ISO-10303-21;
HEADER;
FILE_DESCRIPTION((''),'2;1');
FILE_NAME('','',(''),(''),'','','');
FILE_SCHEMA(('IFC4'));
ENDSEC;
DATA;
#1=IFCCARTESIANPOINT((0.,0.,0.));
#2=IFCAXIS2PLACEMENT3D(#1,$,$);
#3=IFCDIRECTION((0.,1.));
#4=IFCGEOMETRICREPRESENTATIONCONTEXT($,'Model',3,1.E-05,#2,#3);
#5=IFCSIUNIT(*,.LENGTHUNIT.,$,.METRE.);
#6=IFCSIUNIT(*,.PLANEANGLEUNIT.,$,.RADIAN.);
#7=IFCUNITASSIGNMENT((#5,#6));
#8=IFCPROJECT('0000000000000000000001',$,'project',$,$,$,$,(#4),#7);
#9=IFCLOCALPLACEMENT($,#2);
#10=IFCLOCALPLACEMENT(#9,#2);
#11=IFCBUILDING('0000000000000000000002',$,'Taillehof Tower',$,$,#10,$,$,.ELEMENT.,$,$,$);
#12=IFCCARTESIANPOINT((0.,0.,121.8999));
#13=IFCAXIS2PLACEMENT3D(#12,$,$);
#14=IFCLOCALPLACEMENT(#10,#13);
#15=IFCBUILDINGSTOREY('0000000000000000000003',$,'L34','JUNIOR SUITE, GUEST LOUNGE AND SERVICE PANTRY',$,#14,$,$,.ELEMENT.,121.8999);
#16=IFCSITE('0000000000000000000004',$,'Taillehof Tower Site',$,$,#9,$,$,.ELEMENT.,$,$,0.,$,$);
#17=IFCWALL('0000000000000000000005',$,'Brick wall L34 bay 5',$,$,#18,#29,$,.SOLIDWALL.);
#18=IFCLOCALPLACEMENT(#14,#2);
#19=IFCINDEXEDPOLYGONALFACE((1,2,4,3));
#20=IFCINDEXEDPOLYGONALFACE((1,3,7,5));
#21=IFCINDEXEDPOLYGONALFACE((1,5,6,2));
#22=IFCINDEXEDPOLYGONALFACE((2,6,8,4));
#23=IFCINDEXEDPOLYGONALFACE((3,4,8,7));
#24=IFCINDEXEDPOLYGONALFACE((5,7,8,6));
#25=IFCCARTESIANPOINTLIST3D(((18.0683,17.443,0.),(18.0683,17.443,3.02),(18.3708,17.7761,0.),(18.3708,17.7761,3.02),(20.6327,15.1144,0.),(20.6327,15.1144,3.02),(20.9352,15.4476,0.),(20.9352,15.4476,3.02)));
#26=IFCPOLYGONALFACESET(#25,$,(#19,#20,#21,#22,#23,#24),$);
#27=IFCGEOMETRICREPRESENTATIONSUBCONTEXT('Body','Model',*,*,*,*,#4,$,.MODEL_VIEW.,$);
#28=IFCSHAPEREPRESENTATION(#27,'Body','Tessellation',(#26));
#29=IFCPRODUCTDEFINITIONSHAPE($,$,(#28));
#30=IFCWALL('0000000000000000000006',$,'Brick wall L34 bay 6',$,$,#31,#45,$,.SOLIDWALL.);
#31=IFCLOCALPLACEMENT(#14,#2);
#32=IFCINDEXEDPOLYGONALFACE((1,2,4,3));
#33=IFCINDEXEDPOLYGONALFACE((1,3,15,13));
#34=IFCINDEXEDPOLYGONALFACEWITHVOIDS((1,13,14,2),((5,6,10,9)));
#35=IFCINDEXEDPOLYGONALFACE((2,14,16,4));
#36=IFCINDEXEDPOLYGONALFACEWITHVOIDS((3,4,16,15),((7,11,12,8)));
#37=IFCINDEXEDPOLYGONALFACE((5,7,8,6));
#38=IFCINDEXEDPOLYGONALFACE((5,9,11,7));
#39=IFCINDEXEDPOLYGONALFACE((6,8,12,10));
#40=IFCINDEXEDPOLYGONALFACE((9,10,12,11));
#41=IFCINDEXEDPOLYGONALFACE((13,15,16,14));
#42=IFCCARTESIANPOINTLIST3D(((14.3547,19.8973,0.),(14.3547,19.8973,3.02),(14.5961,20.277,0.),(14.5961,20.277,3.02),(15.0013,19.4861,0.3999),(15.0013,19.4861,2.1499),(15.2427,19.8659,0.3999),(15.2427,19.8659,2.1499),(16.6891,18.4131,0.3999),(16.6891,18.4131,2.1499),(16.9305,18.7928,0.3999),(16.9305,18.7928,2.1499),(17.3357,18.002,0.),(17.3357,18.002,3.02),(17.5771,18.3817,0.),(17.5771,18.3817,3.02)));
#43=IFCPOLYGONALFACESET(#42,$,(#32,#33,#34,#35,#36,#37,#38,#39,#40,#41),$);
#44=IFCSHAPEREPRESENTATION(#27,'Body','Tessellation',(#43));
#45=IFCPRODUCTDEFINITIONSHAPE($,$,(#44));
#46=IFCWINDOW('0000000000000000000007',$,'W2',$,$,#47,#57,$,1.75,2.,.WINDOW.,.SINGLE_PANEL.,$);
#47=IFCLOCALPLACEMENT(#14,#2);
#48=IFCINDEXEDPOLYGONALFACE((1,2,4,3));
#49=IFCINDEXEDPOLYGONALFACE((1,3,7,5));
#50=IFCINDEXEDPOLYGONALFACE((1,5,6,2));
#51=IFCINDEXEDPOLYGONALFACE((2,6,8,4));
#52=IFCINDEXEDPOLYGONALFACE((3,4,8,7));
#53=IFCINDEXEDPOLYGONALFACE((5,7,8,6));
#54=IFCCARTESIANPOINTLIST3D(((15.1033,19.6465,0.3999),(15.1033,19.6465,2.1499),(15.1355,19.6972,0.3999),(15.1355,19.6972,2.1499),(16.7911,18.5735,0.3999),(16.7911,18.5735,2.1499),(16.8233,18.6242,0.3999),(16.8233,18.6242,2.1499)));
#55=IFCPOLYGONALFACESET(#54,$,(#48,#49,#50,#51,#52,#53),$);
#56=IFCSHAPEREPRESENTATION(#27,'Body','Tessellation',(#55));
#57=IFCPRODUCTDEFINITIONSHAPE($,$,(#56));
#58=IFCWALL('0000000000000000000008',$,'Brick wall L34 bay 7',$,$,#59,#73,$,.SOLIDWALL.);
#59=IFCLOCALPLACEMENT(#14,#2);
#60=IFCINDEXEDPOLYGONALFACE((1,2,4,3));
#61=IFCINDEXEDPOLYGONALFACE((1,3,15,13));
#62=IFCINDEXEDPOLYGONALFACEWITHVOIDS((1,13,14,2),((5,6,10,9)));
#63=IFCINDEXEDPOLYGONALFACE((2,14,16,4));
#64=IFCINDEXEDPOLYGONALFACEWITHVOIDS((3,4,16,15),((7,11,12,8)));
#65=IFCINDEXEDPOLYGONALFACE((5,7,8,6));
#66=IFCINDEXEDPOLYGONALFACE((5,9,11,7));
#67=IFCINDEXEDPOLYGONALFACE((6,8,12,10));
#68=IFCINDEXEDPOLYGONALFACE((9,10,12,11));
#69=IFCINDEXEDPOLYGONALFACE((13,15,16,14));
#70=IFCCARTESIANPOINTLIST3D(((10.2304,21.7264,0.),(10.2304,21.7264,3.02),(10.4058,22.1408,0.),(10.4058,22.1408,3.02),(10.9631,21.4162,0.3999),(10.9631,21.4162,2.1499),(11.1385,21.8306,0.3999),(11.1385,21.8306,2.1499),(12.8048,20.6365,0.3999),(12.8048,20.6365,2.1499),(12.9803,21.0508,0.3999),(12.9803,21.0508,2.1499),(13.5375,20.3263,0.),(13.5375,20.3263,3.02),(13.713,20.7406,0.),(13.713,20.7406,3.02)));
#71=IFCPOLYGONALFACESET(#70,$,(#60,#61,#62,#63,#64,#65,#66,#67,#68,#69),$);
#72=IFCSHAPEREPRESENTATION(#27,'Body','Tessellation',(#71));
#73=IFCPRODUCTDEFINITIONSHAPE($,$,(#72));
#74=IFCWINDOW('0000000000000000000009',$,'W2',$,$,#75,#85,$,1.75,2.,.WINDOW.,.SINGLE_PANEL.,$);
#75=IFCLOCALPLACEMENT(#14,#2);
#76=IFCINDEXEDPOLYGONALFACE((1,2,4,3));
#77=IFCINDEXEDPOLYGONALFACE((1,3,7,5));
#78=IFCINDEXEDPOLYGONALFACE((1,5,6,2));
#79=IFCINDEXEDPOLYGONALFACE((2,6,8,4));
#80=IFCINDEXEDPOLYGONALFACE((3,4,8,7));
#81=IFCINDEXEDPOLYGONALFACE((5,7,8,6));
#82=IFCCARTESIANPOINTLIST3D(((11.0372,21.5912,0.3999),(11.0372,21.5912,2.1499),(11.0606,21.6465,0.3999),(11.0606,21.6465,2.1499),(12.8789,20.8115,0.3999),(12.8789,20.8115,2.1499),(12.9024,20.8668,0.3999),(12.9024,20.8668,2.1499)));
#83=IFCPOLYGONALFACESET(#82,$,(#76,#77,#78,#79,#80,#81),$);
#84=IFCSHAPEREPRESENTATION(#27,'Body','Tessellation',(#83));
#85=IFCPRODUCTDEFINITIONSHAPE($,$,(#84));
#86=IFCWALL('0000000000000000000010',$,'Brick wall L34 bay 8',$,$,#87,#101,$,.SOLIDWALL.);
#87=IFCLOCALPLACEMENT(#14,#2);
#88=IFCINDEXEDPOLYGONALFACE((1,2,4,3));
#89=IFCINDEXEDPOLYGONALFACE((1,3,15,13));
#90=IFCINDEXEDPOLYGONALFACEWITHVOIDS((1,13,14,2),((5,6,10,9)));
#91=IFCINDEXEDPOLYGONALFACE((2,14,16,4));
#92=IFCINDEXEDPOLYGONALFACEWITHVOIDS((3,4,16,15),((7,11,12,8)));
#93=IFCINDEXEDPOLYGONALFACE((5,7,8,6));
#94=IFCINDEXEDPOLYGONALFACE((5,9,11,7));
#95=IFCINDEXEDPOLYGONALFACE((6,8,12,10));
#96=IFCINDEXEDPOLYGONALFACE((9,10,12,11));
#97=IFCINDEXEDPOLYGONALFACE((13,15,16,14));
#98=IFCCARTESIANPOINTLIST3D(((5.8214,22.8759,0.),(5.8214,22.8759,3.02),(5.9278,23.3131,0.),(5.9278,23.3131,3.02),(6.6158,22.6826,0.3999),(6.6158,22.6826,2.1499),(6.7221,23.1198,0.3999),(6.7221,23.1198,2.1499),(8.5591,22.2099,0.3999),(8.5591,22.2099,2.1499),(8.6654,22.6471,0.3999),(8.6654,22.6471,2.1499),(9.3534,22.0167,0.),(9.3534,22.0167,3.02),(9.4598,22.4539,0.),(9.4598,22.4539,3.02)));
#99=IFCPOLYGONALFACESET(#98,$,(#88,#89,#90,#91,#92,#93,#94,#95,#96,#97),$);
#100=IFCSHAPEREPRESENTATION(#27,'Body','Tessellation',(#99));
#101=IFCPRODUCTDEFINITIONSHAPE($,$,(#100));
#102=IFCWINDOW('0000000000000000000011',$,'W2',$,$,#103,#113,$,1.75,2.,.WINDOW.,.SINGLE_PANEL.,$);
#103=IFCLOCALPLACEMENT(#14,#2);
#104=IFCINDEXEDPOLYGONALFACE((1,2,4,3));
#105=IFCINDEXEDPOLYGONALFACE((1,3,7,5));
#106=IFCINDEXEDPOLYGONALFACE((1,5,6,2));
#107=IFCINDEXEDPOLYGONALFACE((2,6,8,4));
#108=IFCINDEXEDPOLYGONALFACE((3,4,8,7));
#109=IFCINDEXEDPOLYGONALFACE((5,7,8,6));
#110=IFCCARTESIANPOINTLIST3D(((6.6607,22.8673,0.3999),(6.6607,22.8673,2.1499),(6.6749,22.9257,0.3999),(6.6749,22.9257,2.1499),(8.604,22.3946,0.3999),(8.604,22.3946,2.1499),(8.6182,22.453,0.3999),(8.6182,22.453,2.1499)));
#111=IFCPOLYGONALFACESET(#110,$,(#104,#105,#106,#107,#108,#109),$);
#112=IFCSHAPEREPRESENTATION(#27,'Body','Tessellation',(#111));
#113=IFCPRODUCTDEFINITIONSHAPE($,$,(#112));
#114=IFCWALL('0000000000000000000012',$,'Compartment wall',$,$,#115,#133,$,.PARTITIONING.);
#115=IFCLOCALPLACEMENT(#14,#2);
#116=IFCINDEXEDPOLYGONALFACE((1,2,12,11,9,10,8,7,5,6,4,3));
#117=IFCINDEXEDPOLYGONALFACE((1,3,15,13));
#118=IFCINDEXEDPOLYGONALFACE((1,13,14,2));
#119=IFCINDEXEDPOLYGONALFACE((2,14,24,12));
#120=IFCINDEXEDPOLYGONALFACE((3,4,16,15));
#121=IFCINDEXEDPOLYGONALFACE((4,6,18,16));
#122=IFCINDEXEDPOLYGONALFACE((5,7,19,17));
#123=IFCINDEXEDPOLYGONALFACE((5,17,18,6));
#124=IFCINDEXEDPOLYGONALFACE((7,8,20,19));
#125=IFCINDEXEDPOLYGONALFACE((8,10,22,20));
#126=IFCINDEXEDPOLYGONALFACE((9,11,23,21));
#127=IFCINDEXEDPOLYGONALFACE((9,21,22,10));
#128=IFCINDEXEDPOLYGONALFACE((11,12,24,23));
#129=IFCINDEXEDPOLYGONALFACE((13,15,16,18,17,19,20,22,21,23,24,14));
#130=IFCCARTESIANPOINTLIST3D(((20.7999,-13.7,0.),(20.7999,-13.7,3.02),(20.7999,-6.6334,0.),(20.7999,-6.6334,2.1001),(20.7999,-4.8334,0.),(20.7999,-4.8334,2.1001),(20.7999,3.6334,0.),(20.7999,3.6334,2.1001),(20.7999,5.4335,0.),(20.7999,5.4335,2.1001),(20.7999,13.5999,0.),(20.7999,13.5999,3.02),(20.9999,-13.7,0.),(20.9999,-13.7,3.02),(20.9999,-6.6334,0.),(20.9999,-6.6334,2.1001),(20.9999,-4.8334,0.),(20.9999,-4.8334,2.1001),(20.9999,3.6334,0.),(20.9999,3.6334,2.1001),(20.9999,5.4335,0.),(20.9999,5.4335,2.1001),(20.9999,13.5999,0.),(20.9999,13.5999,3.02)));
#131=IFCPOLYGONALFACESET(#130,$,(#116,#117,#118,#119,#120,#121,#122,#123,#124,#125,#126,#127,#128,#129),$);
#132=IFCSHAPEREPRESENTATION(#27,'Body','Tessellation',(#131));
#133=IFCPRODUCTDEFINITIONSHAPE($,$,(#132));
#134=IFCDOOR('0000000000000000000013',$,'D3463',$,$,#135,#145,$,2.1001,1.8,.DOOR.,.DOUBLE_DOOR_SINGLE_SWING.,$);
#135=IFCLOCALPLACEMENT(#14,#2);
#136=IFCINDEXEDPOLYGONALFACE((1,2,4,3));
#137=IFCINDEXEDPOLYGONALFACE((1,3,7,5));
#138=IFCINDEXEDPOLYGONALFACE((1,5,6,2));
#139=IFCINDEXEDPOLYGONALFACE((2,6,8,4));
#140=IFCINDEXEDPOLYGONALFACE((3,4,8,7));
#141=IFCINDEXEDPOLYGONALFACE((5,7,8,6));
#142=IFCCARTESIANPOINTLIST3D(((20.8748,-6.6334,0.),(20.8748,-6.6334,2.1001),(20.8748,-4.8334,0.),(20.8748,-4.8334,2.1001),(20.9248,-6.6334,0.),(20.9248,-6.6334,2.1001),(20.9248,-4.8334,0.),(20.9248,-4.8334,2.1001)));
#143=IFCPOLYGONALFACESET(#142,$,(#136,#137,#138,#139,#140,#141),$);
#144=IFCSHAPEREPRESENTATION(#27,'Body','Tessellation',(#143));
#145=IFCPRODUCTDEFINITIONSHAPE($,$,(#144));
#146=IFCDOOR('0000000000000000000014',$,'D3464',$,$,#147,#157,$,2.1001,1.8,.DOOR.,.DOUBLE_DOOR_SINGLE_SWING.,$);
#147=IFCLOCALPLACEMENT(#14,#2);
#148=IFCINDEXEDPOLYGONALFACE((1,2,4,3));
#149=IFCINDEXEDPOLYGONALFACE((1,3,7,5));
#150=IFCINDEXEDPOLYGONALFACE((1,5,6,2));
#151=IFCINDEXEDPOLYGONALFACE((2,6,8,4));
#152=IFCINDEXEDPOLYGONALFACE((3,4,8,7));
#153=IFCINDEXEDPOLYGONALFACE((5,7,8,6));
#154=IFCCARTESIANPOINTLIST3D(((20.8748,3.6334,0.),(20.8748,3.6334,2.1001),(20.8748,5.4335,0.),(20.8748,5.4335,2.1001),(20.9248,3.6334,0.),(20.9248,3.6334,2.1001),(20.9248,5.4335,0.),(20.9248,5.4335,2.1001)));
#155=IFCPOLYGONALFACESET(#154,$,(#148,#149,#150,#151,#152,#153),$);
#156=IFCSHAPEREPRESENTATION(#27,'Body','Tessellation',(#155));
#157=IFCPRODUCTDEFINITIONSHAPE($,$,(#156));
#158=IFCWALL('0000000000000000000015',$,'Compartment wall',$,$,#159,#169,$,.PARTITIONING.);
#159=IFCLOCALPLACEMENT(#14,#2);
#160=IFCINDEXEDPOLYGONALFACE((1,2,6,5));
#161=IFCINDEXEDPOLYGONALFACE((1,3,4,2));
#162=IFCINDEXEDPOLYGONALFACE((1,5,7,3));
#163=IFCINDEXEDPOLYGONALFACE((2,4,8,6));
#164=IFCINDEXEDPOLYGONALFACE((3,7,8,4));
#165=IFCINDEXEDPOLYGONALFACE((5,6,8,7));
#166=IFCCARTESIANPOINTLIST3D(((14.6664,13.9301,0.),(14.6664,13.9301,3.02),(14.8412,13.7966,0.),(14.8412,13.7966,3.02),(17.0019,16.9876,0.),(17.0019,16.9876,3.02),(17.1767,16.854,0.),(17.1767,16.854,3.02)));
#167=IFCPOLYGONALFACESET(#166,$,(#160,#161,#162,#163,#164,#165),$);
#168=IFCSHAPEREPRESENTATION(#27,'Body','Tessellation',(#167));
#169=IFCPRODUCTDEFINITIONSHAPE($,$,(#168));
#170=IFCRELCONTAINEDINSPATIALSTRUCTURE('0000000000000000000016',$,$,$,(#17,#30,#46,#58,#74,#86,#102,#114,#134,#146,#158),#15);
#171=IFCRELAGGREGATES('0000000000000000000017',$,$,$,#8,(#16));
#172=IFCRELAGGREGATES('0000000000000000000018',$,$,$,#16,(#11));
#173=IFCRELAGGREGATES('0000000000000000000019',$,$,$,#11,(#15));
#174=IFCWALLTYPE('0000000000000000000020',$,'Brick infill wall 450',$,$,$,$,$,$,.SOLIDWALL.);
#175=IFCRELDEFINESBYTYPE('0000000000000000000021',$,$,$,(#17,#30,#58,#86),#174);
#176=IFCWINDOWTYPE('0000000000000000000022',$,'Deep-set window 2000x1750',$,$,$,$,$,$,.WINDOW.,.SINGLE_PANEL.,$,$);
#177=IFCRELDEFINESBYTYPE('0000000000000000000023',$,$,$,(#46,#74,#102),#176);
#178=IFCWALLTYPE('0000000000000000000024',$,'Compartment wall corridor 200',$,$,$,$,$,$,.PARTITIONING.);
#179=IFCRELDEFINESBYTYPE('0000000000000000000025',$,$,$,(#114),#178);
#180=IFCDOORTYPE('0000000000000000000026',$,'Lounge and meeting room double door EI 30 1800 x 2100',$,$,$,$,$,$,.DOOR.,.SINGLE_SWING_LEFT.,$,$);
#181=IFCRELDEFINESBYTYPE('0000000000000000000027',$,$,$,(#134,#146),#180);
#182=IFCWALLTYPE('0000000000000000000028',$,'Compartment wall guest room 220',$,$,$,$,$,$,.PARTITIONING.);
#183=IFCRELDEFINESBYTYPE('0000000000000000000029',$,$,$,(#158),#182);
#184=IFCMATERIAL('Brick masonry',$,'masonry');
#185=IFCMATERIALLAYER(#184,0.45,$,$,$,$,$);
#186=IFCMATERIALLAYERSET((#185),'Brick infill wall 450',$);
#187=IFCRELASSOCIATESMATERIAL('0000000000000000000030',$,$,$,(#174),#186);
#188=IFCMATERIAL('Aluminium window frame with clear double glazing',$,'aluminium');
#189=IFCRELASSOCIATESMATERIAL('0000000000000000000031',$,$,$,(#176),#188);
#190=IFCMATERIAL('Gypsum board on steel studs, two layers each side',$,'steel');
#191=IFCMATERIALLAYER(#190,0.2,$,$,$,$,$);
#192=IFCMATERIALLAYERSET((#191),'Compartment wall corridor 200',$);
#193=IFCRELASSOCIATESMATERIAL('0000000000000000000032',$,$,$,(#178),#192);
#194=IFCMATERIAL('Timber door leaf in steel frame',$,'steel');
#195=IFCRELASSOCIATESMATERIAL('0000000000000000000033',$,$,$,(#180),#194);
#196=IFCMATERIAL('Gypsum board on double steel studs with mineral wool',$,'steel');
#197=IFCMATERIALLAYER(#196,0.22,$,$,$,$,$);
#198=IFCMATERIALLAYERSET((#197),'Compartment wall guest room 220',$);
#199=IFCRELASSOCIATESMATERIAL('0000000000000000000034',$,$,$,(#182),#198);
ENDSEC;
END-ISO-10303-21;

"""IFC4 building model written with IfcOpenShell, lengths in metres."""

from ifc_helpers import new_model, si_unit, direction, frame, frame_2d, origin, place, context, subcontext, project, spatial, rectangle, extrude, material, layer, layer_set, type_object, element, fill, save


model = new_model("IFC4")

# Units and contexts
model_context = context("Model", 3, precision=1e-05, world=origin(), true_north=direction((0.0, 1.0)))
body_context = subcontext(model_context, "Body", "Model", "MODEL_VIEW")
ifc_project = project(units=[si_unit("LENGTHUNIT", "METRE"), si_unit("PLANEANGLEUNIT", "RADIAN")], contexts=[model_context])

# Site, building, storey
site_placement = place(None, origin())
site = spatial("IfcSite", under=ifc_project, at=site_placement, Name="Taillehof Tower Site", CompositionType="ELEMENT", RefElevation=0.0)
building_placement = place(site_placement, origin())
building = spatial("IfcBuilding", under=site, at=building_placement, Name="Taillehof Tower", CompositionType="ELEMENT")
storey_placement = place(building_placement, frame((0.0, 0.0, 121.8999)))
storey = spatial("IfcBuildingStorey", under=building, at=storey_placement, Name="L34", Description="JUNIOR SUITE, GUEST LOUNGE AND SERVICE PANTRY", CompositionType="ELEMENT", Elevation=121.8999)

# Shared definitions
ifc_material_1 = material(Name="Brick masonry", Category="masonry")
ifc_layer_1 = layer(ifc_material_1, 0.45)
ifc_layer_set_1 = layer_set([ifc_layer_1], Name="Brick infill wall 450")
wall_type_1 = type_object("IfcWallType", Name="Brick infill wall 450", PredefinedType="SOLIDWALL", material=ifc_layer_set_1)

# Wall
wall_1_placement = place(storey_placement, frame((20.7839, 15.281, 0.0), z_axis=(0.0, 0.0, 1.0), x_axis=(-0.740329, 0.672245, 0.0)))
element("IfcWall", 1, at=wall_1_placement, inside=storey, type_object=wall_type_1, Name="Brick wall L34 bay 5", PredefinedType="SOLIDWALL", context=body_context, shape_type="SweptSolid", body=[
    extrude(rectangle(XDim=3.4639, YDim=0.45, at=frame_2d((1.7319, 0.0))), origin(), (0.0, 0.0, 1.0), 3.02),
])

# Walls, openings, windows
wall_2_placement = place(storey_placement, frame((17.4563, 18.1919, 0.0), z_axis=(0.0, 0.0, 1.0), x_axis=(-0.843881, 0.536531, 0.0)))
wall_2 = element("IfcWall", 2, at=wall_2_placement, inside=storey, type_object=wall_type_1, Name="Brick wall L34 bay 6", PredefinedType="SOLIDWALL", context=body_context, shape_type="SweptSolid", body=[
    extrude(rectangle(XDim=3.5325, YDim=0.45, at=frame_2d((1.7661, 0.0))), origin(), (0.0, 0.0, 1.0), 3.02),
])
opening_1_placement = place(wall_2_placement, frame((0.7661, 0.0, 0.3999)))
opening_1 = element("IfcOpeningElement", 3, at=opening_1_placement, cuts=wall_2, PredefinedType="OPENING", context=body_context, shape_type="SweptSolid", body=[
    extrude(rectangle(XDim=2.0, YDim=1.75, at=frame_2d((1.0, 0.875))), frame((0.0, 0.2349, 0.0), z_axis=(0.0, -1.0, 0.0), x_axis=(1.0, 0.0, 0.0)), (0.0, 0.0, 1.0), 0.47),
])
ifc_material_2 = material(Name="Aluminium window frame with clear double glazing", Category="aluminium")
window_type_1 = type_object("IfcWindowType", Name="Deep-set window 2000x1750", PartitioningType="SINGLE_PANEL", PredefinedType="WINDOW", material=ifc_material_2)
window_1_placement = place(opening_1_placement, origin())
window_1 = element("IfcWindow", 4, at=window_1_placement, inside=storey, type_object=window_type_1, Name="W2", OverallHeight=1.75, OverallWidth=2.0, PartitioningType="SINGLE_PANEL", PredefinedType="WINDOW", context=body_context, shape_type="SweptSolid", body=[
    extrude(rectangle(XDim=2.0, YDim=1.75, at=frame_2d((1.0, 0.875))), frame((0.0, 0.0349, 0.0), z_axis=(0.0, -1.0, 0.0), x_axis=(1.0, 0.0, 0.0)), (0.0, 0.0, 1.0), 0.0601),
])
fill(opening_1, window_1)
wall_3_placement = place(storey_placement, frame((13.6252, 20.5334, 0.0), z_axis=(0.0, 0.0, 1.0), x_axis=(-0.92087, 0.389871, 0.0)))
wall_3 = element("IfcWall", 5, at=wall_3_placement, inside=storey, type_object=wall_type_1, Name="Brick wall L34 bay 7", PredefinedType="SOLIDWALL", context=body_context, shape_type="SweptSolid", body=[
    extrude(rectangle(XDim=3.5913, YDim=0.45, at=frame_2d((1.7957, 0.0))), origin(), (0.0, 0.0, 1.0), 3.02),
])
opening_2_placement = place(wall_3_placement, frame((0.7957, 0.0, 0.3999)))
opening_2 = element("IfcOpeningElement", 6, at=opening_2_placement, cuts=wall_3, PredefinedType="OPENING", context=body_context, shape_type="SweptSolid", body=[
    extrude(rectangle(XDim=2.0, YDim=1.75, at=frame_2d((1.0, 0.875))), frame((0.0, 0.2349, 0.0), z_axis=(0.0, -1.0, 0.0), x_axis=(1.0, 0.0, 0.0)), (0.0, 0.0, 1.0), 0.47),
])
window_2_placement = place(opening_2_placement, origin())
window_2 = element("IfcWindow", 7, at=window_2_placement, inside=storey, type_object=window_type_1, Name="W2", OverallHeight=1.75, OverallWidth=2.0, PartitioningType="SINGLE_PANEL", PredefinedType="WINDOW", context=body_context, shape_type="SweptSolid", body=[
    extrude(rectangle(XDim=2.0, YDim=1.75, at=frame_2d((1.0, 0.875))), frame((0.0, 0.0349, 0.0), z_axis=(0.0, -1.0, 0.0), x_axis=(1.0, 0.0, 0.0)), (0.0, 0.0, 1.0), 0.0601),
])
fill(opening_2, window_2)
wall_4_placement = place(storey_placement, frame((9.4065, 22.2354, 0.0), z_axis=(0.0, 0.0, 1.0), x_axis=(-0.971668, 0.236352, 0.0)))
wall_4 = element("IfcWall", 8, at=wall_4_placement, inside=storey, type_object=wall_type_1, Name="Brick wall L34 bay 8", PredefinedType="SOLIDWALL", context=body_context, shape_type="SweptSolid", body=[
    extrude(rectangle(XDim=3.635, YDim=0.45, at=frame_2d((1.8174, 0.0))), origin(), (0.0, 0.0, 1.0), 3.02),
])
opening_3_placement = place(wall_4_placement, frame((0.8174, 0.0, 0.3999)))
opening_3 = element("IfcOpeningElement", 9, at=opening_3_placement, cuts=wall_4, PredefinedType="OPENING", context=body_context, shape_type="SweptSolid", body=[
    extrude(rectangle(XDim=2.0, YDim=1.75, at=frame_2d((1.0, 0.875))), frame((0.0, 0.2349, 0.0), z_axis=(0.0, -1.0, 0.0), x_axis=(1.0, 0.0, 0.0)), (0.0, 0.0, 1.0), 0.47),
])
window_3_placement = place(opening_3_placement, origin())
window_3 = element("IfcWindow", 10, at=window_3_placement, inside=storey, type_object=window_type_1, Name="W2", OverallHeight=1.75, OverallWidth=2.0, PartitioningType="SINGLE_PANEL", PredefinedType="WINDOW", context=body_context, shape_type="SweptSolid", body=[
    extrude(rectangle(XDim=2.0, YDim=1.75, at=frame_2d((1.0, 0.875))), frame((0.0, 0.0349, 0.0), z_axis=(0.0, -1.0, 0.0), x_axis=(1.0, 0.0, 0.0)), (0.0, 0.0, 1.0), 0.0601),
])
fill(opening_3, window_3)

# Wall, openings, doors
ifc_material_3 = material(Name="Gypsum board on steel studs, two layers each side", Category="steel")
ifc_layer_2 = layer(ifc_material_3, 0.2)
ifc_layer_set_2 = layer_set([ifc_layer_2], Name="Compartment wall corridor 200")
wall_type_2 = type_object("IfcWallType", Name="Compartment wall corridor 200", PredefinedType="PARTITIONING", material=ifc_layer_set_2)
wall_5_placement = place(storey_placement, frame((20.8999, 13.5999, 0.0), z_axis=(0.0, 0.0, 1.0), x_axis=(0.0, -1.0, 0.0)))
wall_5 = element("IfcWall", 11, at=wall_5_placement, inside=storey, type_object=wall_type_2, Name="Compartment wall", PredefinedType="PARTITIONING", context=body_context, shape_type="SweptSolid", body=[
    extrude(rectangle(XDim=27.2998, YDim=0.2, at=frame_2d((13.6499, 0.0))), origin(), (0.0, 0.0, 1.0), 3.02),
])
opening_4_placement = place(wall_5_placement, frame((18.4333, 0.0, 0.0)))
opening_4 = element("IfcOpeningElement", 12, at=opening_4_placement, cuts=wall_5, PredefinedType="OPENING", context=body_context, shape_type="SweptSolid", body=[
    extrude(rectangle(XDim=1.8, YDim=2.1001, at=frame_2d((0.8999, 1.05))), frame((0.0, 0.1099, 0.0), z_axis=(0.0, -1.0, 0.0), x_axis=(1.0, 0.0, 0.0)), (0.0, 0.0, 1.0), 0.22),
])
opening_5_placement = place(wall_5_placement, frame((8.1665, 0.0, 0.0)))
opening_5 = element("IfcOpeningElement", 13, at=opening_5_placement, cuts=wall_5, PredefinedType="OPENING", context=body_context, shape_type="SweptSolid", body=[
    extrude(rectangle(XDim=1.8, YDim=2.1001, at=frame_2d((0.8999, 1.05))), frame((0.0, 0.1099, 0.0), z_axis=(0.0, -1.0, 0.0), x_axis=(1.0, 0.0, 0.0)), (0.0, 0.0, 1.0), 0.22),
])
ifc_material_4 = material(Name="Timber door leaf in steel frame", Category="steel")
door_type_1 = type_object("IfcDoorType", Name="Lounge and meeting room double door EI 30 1800 x 2100", OperationType="SINGLE_SWING_LEFT", PredefinedType="DOOR", material=ifc_material_4)
door_1_placement = place(opening_4_placement, origin())
door_1 = element("IfcDoor", 14, at=door_1_placement, inside=storey, type_object=door_type_1, Name="D3463", OperationType="DOUBLE_DOOR_SINGLE_SWING", OverallHeight=2.1001, OverallWidth=1.8, PredefinedType="DOOR", context=body_context, shape_type="SweptSolid", body=[
    extrude(rectangle(XDim=1.8, YDim=2.1001, at=frame_2d((0.8999, 1.05))), frame((0.0, 0.0249, 0.0), z_axis=(0.0, -1.0, 0.0), x_axis=(1.0, 0.0, 0.0)), (0.0, 0.0, 1.0), 0.05),
])
fill(opening_4, door_1)
door_2_placement = place(opening_5_placement, origin())
door_2 = element("IfcDoor", 15, at=door_2_placement, inside=storey, type_object=door_type_1, Name="D3464", OperationType="DOUBLE_DOOR_SINGLE_SWING", OverallHeight=2.1001, OverallWidth=1.8, PredefinedType="DOOR", context=body_context, shape_type="SweptSolid", body=[
    extrude(rectangle(XDim=1.8, YDim=2.1001, at=frame_2d((0.8999, 1.05))), frame((0.0, 0.0249, 0.0), z_axis=(0.0, -1.0, 0.0), x_axis=(1.0, 0.0, 0.0)), (0.0, 0.0, 1.0), 0.05),
])
fill(opening_5, door_2)

# Wall
ifc_material_5 = material(Name="Gypsum board on double steel studs with mineral wool", Category="steel")
ifc_layer_3 = layer(ifc_material_5, 0.22)
ifc_layer_set_3 = layer_set([ifc_layer_3], Name="Compartment wall guest room 220")
wall_type_3 = type_object("IfcWallType", Name="Compartment wall guest room 220", PredefinedType="PARTITIONING", material=ifc_layer_set_3)
wall_6_placement = place(storey_placement, frame((17.0894, 16.9209, 0.0), z_axis=(0.0, 0.0, 1.0), x_axis=(-0.607033, -0.794677, 0.0)))
element("IfcWall", 16, at=wall_6_placement, inside=storey, type_object=wall_type_3, Name="Compartment wall", PredefinedType="PARTITIONING", context=body_context, shape_type="SweptSolid", body=[
    extrude(rectangle(XDim=3.8474, YDim=0.22, at=frame_2d((1.9238, 0.0))), origin(), (0.0, 0.0, 1.0), 3.02),
])

save(model, "model.ifc")
